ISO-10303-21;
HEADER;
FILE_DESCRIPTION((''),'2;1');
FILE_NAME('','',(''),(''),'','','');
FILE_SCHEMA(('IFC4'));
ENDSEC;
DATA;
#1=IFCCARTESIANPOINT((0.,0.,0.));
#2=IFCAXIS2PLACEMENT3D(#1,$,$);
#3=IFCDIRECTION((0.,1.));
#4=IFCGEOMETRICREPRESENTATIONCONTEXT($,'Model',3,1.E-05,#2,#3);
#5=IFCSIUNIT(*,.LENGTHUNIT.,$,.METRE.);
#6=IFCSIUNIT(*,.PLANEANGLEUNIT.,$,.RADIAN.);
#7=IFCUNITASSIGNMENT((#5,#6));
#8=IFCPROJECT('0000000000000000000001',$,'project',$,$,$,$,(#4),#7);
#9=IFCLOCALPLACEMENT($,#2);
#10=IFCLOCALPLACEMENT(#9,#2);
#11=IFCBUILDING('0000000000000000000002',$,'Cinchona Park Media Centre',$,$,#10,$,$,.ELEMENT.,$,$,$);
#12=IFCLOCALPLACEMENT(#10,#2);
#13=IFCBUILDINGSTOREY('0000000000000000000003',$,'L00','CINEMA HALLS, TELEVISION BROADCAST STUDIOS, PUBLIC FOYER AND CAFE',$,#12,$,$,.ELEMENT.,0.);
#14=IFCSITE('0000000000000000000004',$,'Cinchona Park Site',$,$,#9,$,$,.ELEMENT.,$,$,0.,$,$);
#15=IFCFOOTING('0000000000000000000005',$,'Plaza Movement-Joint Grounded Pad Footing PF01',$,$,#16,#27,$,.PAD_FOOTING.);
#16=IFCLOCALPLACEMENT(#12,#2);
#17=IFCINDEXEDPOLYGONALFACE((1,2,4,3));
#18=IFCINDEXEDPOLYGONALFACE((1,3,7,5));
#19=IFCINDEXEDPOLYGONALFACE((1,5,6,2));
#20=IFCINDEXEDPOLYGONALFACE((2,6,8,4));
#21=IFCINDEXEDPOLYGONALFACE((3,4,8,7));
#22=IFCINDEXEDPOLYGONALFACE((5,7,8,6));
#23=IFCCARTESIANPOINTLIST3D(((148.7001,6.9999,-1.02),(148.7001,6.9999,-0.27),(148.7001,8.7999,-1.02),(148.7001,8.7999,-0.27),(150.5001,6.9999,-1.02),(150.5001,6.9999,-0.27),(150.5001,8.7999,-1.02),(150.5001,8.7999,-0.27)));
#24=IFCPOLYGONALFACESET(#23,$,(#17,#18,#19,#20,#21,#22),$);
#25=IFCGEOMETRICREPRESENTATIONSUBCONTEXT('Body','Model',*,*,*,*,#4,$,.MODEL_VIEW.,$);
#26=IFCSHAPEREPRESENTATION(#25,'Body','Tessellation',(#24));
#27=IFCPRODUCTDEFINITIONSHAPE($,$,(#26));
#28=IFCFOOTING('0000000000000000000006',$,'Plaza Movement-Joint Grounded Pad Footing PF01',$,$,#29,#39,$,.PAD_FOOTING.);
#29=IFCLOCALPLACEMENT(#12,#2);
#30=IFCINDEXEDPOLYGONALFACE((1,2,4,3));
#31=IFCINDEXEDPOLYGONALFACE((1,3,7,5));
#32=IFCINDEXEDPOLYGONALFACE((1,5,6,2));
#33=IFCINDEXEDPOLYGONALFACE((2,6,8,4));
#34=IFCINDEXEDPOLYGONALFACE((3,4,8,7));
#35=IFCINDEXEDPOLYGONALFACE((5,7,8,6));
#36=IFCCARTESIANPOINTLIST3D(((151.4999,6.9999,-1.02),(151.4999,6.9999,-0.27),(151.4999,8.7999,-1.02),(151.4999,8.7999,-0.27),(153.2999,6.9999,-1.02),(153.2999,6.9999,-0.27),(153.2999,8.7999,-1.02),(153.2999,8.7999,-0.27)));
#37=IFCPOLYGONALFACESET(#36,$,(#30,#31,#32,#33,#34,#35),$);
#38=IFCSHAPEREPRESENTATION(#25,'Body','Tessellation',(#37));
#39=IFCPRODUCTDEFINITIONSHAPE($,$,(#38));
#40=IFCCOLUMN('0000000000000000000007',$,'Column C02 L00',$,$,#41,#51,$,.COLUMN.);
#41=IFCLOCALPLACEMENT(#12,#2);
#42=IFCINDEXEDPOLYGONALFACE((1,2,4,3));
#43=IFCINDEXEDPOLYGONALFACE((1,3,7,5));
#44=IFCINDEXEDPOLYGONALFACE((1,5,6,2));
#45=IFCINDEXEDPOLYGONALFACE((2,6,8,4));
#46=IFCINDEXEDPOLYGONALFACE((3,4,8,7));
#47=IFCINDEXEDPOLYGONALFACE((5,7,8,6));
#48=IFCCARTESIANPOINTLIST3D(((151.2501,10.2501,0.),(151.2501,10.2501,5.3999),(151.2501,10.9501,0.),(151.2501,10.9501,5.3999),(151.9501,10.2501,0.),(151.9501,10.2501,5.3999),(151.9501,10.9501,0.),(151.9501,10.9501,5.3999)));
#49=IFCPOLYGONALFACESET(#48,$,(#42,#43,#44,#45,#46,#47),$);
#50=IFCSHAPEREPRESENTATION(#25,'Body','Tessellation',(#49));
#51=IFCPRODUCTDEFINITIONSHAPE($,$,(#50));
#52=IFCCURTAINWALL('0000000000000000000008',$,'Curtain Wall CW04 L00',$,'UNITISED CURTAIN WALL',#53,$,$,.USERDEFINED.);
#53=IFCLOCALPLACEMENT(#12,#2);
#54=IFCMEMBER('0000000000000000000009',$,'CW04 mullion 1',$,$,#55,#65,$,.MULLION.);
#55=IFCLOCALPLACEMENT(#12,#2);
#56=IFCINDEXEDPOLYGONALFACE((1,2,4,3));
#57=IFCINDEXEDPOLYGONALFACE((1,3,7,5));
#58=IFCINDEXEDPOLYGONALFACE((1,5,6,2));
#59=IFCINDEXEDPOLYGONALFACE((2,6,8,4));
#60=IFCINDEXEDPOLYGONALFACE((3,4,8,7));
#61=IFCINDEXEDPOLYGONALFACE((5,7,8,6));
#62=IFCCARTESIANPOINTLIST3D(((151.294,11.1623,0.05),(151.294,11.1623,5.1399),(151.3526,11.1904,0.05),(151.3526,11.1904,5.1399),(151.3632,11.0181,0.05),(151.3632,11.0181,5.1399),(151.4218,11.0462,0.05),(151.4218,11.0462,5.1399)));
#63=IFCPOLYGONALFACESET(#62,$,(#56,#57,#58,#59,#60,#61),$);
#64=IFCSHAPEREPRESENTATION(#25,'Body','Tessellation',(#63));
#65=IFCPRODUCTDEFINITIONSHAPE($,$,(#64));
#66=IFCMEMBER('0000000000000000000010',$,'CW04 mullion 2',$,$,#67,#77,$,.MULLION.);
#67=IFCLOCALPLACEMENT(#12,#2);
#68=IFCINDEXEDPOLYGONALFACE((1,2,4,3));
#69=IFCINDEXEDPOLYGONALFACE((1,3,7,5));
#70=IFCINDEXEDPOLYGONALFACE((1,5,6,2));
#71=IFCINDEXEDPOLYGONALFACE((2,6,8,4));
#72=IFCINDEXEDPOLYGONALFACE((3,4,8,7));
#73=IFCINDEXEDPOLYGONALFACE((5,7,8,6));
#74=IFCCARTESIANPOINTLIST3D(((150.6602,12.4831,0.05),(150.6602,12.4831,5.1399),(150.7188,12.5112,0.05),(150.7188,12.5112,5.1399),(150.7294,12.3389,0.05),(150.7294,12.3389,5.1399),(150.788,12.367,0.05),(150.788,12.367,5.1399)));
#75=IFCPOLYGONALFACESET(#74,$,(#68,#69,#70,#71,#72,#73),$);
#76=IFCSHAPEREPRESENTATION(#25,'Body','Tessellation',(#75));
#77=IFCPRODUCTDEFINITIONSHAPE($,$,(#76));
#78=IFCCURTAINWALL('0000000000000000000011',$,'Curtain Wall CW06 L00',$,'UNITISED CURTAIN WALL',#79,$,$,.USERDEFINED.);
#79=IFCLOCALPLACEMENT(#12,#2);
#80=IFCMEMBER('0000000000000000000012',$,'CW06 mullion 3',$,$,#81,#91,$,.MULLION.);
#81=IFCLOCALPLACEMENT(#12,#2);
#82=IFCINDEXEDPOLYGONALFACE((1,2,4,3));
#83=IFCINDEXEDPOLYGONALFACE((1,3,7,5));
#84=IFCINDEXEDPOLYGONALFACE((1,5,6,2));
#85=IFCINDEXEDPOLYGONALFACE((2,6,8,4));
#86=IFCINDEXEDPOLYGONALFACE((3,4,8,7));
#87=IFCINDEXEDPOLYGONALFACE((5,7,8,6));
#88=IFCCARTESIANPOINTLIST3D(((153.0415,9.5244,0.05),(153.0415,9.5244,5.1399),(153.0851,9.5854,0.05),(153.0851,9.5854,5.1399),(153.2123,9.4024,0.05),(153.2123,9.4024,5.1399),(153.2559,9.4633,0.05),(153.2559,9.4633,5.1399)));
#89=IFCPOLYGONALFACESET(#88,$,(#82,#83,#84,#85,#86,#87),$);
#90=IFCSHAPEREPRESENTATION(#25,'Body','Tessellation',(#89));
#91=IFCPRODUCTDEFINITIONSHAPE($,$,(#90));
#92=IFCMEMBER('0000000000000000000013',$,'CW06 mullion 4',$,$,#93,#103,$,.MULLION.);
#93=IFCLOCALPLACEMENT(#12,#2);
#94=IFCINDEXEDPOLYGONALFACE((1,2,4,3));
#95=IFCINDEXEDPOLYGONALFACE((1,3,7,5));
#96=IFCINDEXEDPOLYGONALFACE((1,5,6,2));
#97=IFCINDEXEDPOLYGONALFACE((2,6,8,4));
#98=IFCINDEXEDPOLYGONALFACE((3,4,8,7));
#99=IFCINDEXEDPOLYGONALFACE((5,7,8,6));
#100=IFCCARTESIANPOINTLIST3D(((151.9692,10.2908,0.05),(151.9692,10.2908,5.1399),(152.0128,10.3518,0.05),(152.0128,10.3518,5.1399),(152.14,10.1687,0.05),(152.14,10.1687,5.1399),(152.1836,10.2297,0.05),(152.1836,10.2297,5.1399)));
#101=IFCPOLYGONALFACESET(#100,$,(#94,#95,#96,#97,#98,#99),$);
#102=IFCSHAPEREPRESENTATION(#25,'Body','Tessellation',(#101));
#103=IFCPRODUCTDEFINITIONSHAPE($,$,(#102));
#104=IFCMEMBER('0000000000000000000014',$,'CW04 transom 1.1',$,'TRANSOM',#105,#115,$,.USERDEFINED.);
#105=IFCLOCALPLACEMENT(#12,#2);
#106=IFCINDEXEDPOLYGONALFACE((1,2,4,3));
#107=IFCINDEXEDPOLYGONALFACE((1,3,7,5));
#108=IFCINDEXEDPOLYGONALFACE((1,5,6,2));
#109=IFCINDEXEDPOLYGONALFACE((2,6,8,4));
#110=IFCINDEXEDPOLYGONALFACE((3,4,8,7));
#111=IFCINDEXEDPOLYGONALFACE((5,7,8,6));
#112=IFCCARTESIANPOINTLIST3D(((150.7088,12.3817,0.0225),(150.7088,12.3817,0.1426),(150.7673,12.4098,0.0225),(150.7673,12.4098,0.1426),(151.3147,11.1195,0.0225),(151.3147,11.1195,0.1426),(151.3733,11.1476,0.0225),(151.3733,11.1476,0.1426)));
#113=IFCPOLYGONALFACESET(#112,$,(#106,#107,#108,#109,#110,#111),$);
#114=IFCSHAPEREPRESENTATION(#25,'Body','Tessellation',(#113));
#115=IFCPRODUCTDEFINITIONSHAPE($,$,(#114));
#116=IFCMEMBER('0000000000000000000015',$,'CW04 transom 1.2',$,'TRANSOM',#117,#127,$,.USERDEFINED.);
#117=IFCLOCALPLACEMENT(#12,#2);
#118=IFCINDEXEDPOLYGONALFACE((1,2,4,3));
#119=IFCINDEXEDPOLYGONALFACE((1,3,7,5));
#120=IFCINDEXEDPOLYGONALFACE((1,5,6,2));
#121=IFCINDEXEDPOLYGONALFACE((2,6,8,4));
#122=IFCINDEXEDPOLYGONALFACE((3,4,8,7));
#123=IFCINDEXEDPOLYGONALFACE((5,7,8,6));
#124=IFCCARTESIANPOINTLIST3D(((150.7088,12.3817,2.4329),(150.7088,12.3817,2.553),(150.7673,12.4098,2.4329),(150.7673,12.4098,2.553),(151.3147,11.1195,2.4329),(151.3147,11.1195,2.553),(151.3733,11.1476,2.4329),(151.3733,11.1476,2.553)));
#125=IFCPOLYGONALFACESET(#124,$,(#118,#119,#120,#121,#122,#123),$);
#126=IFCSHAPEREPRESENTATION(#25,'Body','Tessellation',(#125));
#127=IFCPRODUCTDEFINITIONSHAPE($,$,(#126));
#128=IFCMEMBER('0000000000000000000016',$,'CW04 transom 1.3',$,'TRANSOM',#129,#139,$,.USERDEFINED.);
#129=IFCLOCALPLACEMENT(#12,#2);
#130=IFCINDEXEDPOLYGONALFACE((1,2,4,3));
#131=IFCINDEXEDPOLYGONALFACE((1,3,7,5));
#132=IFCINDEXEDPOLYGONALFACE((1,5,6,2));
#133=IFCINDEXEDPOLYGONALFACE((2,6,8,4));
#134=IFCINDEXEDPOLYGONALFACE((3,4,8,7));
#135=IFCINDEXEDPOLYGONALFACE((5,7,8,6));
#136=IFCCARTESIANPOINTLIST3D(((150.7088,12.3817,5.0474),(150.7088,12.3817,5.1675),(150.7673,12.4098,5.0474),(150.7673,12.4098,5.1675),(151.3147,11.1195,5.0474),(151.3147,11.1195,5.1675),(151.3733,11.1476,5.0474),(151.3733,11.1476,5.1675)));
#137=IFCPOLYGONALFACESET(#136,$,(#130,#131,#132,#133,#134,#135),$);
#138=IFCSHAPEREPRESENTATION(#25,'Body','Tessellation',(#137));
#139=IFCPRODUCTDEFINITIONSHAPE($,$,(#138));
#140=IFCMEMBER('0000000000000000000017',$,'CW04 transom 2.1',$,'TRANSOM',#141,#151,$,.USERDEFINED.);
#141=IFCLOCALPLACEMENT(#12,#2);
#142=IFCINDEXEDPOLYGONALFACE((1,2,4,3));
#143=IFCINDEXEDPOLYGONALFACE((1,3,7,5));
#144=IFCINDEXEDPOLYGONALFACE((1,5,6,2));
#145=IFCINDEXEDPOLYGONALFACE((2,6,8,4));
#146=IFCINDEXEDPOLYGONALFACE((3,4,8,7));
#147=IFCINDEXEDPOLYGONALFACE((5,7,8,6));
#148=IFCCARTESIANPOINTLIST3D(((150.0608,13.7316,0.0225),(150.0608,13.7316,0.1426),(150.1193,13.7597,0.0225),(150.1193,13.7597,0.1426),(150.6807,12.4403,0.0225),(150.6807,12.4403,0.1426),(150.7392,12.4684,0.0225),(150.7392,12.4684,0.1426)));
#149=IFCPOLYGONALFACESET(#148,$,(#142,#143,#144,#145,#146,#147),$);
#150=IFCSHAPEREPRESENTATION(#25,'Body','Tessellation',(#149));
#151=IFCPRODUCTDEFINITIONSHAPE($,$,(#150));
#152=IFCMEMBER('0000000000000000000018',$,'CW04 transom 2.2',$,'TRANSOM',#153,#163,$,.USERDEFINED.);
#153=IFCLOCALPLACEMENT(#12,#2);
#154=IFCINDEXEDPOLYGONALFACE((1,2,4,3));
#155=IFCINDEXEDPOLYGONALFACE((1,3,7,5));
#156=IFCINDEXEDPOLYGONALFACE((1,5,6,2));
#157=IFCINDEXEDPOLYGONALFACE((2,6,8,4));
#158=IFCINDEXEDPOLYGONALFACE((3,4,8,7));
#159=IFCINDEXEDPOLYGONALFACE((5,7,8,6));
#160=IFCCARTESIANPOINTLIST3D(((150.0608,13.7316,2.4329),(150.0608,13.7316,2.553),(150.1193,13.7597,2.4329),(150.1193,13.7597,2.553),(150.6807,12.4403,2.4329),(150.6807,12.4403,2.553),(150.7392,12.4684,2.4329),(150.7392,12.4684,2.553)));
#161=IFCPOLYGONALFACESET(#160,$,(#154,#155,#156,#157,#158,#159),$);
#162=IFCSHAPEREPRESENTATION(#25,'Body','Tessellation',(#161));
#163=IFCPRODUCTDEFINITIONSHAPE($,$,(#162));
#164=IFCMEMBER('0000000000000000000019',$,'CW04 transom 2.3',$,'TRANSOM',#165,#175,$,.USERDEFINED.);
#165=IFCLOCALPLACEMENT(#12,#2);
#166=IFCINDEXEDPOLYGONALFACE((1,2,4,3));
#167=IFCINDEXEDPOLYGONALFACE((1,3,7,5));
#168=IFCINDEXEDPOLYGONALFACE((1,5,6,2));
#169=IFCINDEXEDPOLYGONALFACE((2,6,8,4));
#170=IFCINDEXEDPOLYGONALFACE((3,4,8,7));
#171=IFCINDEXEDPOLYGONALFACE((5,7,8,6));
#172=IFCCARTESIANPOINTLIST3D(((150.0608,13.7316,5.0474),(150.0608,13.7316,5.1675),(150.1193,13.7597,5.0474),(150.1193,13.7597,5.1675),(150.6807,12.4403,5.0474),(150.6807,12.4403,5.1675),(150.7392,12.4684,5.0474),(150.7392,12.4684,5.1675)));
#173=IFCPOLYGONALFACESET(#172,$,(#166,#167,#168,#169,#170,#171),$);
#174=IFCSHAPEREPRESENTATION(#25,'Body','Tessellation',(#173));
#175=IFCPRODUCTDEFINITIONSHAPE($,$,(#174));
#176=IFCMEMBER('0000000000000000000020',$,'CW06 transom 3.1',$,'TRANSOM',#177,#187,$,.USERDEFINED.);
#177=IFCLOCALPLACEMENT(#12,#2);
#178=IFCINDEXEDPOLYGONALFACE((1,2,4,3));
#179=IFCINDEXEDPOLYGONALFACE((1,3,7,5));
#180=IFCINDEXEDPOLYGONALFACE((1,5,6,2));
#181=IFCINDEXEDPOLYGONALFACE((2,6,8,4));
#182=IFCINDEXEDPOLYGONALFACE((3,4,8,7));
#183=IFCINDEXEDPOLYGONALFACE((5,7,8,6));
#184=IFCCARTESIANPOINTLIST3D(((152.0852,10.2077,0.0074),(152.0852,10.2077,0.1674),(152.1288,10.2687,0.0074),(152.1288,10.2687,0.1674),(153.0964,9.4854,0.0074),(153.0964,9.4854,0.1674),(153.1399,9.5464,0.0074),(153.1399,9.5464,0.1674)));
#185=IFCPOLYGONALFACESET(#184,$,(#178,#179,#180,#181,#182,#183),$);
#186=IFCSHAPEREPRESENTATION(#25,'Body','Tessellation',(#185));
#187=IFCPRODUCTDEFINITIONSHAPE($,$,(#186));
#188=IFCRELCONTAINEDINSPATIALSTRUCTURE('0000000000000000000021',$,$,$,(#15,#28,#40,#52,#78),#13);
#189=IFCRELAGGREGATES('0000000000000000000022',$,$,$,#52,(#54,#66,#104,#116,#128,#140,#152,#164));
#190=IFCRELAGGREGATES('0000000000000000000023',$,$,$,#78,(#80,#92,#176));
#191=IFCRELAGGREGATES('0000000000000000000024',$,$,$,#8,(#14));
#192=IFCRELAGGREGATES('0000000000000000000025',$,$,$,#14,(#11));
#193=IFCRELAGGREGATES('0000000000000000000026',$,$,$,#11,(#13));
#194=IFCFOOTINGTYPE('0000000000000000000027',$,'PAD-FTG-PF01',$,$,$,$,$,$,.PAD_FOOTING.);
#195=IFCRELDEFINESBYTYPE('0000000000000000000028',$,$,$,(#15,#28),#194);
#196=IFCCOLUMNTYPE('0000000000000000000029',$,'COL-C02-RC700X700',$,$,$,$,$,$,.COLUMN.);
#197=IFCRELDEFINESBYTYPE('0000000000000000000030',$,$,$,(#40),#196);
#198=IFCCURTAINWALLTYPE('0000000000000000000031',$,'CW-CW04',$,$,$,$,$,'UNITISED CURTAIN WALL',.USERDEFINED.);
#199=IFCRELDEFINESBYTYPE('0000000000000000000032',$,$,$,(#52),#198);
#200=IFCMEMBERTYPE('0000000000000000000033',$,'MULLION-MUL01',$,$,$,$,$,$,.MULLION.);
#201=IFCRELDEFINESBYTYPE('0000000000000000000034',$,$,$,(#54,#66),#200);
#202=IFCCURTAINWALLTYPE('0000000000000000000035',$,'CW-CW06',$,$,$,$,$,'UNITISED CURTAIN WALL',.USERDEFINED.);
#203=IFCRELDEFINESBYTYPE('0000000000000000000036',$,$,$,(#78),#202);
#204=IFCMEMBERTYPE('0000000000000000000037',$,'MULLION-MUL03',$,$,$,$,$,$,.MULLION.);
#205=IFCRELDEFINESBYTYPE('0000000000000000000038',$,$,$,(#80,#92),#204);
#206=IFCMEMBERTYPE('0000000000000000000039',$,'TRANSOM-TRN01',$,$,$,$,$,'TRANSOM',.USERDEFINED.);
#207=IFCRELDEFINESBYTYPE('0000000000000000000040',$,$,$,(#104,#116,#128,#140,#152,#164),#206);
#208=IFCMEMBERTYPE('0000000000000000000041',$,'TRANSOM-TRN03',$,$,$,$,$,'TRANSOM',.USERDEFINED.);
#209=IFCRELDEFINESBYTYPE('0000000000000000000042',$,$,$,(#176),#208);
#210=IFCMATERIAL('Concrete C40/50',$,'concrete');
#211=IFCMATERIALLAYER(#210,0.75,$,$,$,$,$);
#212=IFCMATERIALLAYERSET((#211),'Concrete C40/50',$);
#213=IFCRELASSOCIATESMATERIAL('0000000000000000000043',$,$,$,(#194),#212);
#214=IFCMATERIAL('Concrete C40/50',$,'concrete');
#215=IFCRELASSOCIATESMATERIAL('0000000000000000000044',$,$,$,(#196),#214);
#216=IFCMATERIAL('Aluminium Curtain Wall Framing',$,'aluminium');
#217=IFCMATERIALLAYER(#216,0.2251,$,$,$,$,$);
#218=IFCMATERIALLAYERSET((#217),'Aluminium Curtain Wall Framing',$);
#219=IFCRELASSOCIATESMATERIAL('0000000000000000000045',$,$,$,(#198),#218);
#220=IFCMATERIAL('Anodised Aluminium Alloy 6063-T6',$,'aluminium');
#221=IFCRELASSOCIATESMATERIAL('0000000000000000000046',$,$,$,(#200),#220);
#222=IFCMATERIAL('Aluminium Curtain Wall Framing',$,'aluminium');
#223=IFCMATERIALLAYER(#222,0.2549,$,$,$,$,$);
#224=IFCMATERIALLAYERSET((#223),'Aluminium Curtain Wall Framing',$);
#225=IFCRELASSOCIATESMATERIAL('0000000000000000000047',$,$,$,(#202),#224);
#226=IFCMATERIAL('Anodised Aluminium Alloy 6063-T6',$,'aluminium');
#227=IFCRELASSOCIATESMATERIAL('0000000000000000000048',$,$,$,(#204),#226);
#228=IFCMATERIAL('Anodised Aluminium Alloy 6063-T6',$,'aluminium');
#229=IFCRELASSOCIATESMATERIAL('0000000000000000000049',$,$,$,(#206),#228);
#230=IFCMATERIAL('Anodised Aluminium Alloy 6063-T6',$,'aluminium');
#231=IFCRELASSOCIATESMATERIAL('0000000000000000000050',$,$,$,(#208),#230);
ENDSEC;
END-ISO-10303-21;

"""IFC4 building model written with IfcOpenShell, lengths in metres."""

from ifc_helpers import new_model, si_unit, direction, frame, origin, origin_2d, place, context, subcontext, project, spatial, rectangle, extrude, material, layer, layer_set, material_profile, profile_set, type_object, element, aggregate, save


model = new_model("IFC4")

# Units and contexts
model_context = context("Model", 3, precision=1e-05, world=origin(), true_north=direction((0.0, 1.0)))
body_context = subcontext(model_context, "Body", "Model", "MODEL_VIEW")
ifc_project = project(units=[si_unit("LENGTHUNIT", "METRE"), si_unit("PLANEANGLEUNIT", "RADIAN")], contexts=[model_context])

# Site, building, storey
site_placement = place(None, origin())
site = spatial("IfcSite", under=ifc_project, at=site_placement, Name="Cinchona Park Site", CompositionType="ELEMENT", RefElevation=0.0)
building_placement = place(site_placement, origin())
building = spatial("IfcBuilding", under=site, at=building_placement, Name="Cinchona Park Media Centre", CompositionType="ELEMENT")
storey_placement = place(building_placement, origin())
storey = spatial("IfcBuildingStorey", under=building, at=storey_placement, Name="L00", Description="CINEMA HALLS, TELEVISION BROADCAST STUDIOS, PUBLIC FOYER AND CAFE", CompositionType="ELEMENT", Elevation=0.0)

# Footings
ifc_material_1 = material(Name="Concrete C40/50", Category="concrete")
ifc_layer_1 = layer(ifc_material_1, 0.75)
ifc_layer_set_1 = layer_set([ifc_layer_1], Name="Concrete C40/50")
footing_type = type_object("IfcFootingType", Name="PAD-FTG-PF01", PredefinedType="PAD_FOOTING", material=ifc_layer_set_1)
for number, where, z_axis, x_axis, name in (
    (1, (149.6001, 7.8999, -1.02), (0.0, 0.0, 1.0), (1.0, 0.0, 0.0), "Plaza Movement-Joint Grounded Pad Footing PF01"),
    (2, (152.3999, 7.8999, -1.02), (0.0, 0.0, 1.0), (1.0, 0.0, 0.0), "Plaza Movement-Joint Grounded Pad Footing PF01"),
):
    element("IfcFooting", number, at=place(storey_placement, frame(where, z_axis=z_axis, x_axis=x_axis)), inside=storey, type_object=footing_type, Name=name, PredefinedType="PAD_FOOTING", context=body_context, shape_type="SweptSolid", body=[
        extrude(rectangle(XDim=1.8, YDim=1.8, at=origin_2d()), origin(), (0.0, 0.0, 1.0), 0.75),
    ])

# Column
ifc_material_2 = material(Name="Concrete C40/50", Category="concrete")
ifc_material_profile_1 = material_profile(ifc_material_2, rectangle(XDim=0.7, YDim=0.7, at=origin_2d()), Name="RC 700X700")
ifc_profile_set_1 = profile_set([ifc_material_profile_1], Name="Concrete C40/50")
column_type = type_object("IfcColumnType", Name="COL-C02-RC700X700", PredefinedType="COLUMN", material=ifc_profile_set_1)
column_placement = place(storey_placement, frame((151.6001, 10.6001, 0.0), z_axis=(0.0, 0.0, 1.0), x_axis=(1.0, 0.0, 0.0)))
element("IfcColumn", 3, at=column_placement, inside=storey, type_object=column_type, Name="Column C02 L00", PredefinedType="COLUMN", context=body_context, shape_type="SweptSolid", body=[
    extrude(rectangle(XDim=0.7, YDim=0.7, at=origin_2d()), origin(), (0.0, 0.0, 1.0), 5.3999),
])

# Curtain walls, members
ifc_material_3 = material(Name="Aluminium Curtain Wall Framing", Category="aluminium")
ifc_layer_2 = layer(ifc_material_3, 0.2251)
ifc_layer_set_2 = layer_set([ifc_layer_2], Name="Aluminium Curtain Wall Framing")
curtain_wall_type_1 = type_object("IfcCurtainWallType", Name="CW-CW04", ElementType="UNITISED CURTAIN WALL", PredefinedType="USERDEFINED", material=ifc_layer_set_2)
curtain_wall_1_placement = place(storey_placement, origin())
curtain_wall_1 = element("IfcCurtainWall", 4, at=curtain_wall_1_placement, inside=storey, type_object=curtain_wall_type_1, Name="Curtain Wall CW04 L00", ObjectType="UNITISED CURTAIN WALL", PredefinedType="USERDEFINED")
ifc_material_4 = material(Name="Anodised Aluminium Alloy 6063-T6", Category="aluminium")
ifc_material_profile_2 = material_profile(ifc_material_4, rectangle(XDim=0.0649, YDim=0.1599, at=origin_2d()), Name="MUL-65X160")
ifc_profile_set_2 = profile_set([ifc_material_profile_2], Name="Anodised Aluminium Alloy 6063-T6")
member_type_1 = type_object("IfcMemberType", Name="MULLION-MUL01", PredefinedType="MULLION", material=ifc_profile_set_2)
member_1_placement = place(storey_placement, frame((151.3579, 11.1042, 0.05), z_axis=(0.0, 0.0, 1.0), x_axis=(-0.901523, -0.432731, 0.0)))
member_1 = element("IfcMember", 5, at=member_1_placement, type_object=member_type_1, Name="CW04 mullion 1", PredefinedType="MULLION", context=body_context, shape_type="SweptSolid", body=[
    extrude(rectangle(XDim=0.0649, YDim=0.1599, at=origin_2d()), origin(), (0.0, 0.0, 1.0), 5.0898),
])
member_2_placement = place(storey_placement, frame((150.7241, 12.425, 0.05), z_axis=(0.0, 0.0, 1.0), x_axis=(-0.901523, -0.432731, 0.0)))
member_2 = element("IfcMember", 6, at=member_2_placement, type_object=member_type_1, Name="CW04 mullion 2", PredefinedType="MULLION", context=body_context, shape_type="SweptSolid", body=[
    extrude(rectangle(XDim=0.0649, YDim=0.1599, at=origin_2d()), origin(), (0.0, 0.0, 1.0), 5.0898),
])
ifc_material_5 = material(Name="Aluminium Curtain Wall Framing", Category="aluminium")
ifc_layer_3 = layer(ifc_material_5, 0.2549)
ifc_layer_set_3 = layer_set([ifc_layer_3], Name="Aluminium Curtain Wall Framing")
curtain_wall_type_2 = type_object("IfcCurtainWallType", Name="CW-CW06", ElementType="UNITISED CURTAIN WALL", PredefinedType="USERDEFINED", material=ifc_layer_set_3)
curtain_wall_2_placement = place(storey_placement, origin())
curtain_wall_2 = element("IfcCurtainWall", 7, at=curtain_wall_2_placement, inside=storey, type_object=curtain_wall_type_2, Name="Curtain Wall CW06 L00", ObjectType="UNITISED CURTAIN WALL", PredefinedType="USERDEFINED")
ifc_material_6 = material(Name="Anodised Aluminium Alloy 6063-T6", Category="aluminium")
ifc_material_profile_3 = material_profile(ifc_material_6, rectangle(XDim=0.075, YDim=0.21, at=origin_2d()), Name="MUL-75X210")
ifc_profile_set_3 = profile_set([ifc_material_profile_3], Name="Anodised Aluminium Alloy 6063-T6")
member_type_2 = type_object("IfcMemberType", Name="MULLION-MUL03", PredefinedType="MULLION", material=ifc_profile_set_3)
member_3_placement = place(storey_placement, frame((153.1487, 9.4939, 0.05), z_axis=(0.0, 0.0, 1.0), x_axis=(-0.581424, -0.813601, 0.0)))
member_3 = element("IfcMember", 8, at=member_3_placement, type_object=member_type_2, Name="CW06 mullion 3", PredefinedType="MULLION", context=body_context, shape_type="SweptSolid", body=[
    extrude(rectangle(XDim=0.075, YDim=0.21, at=origin_2d()), origin(), (0.0, 0.0, 1.0), 5.0898),
])
member_4_placement = place(storey_placement, frame((152.0764, 10.2603, 0.05), z_axis=(0.0, 0.0, 1.0), x_axis=(-0.581424, -0.813601, 0.0)))
member_4 = element("IfcMember", 9, at=member_4_placement, type_object=member_type_2, Name="CW06 mullion 4", PredefinedType="MULLION", context=body_context, shape_type="SweptSolid", body=[
    extrude(rectangle(XDim=0.075, YDim=0.21, at=origin_2d()), origin(), (0.0, 0.0, 1.0), 5.0898),
])

# Members
ifc_material_7 = material(Name="Anodised Aluminium Alloy 6063-T6", Category="aluminium")
ifc_material_profile_4 = material_profile(ifc_material_7, rectangle(XDim=0.0649, YDim=0.1201, at=origin_2d()), Name="TRN-65X120")
ifc_profile_set_4 = profile_set([ifc_material_profile_4], Name="Anodised Aluminium Alloy 6063-T6")
member_type_3 = type_object("IfcMemberType", Name="TRANSOM-TRN01", ElementType="TRANSOM", PredefinedType="USERDEFINED", material=ifc_profile_set_4)
member_5_placement = place(storey_placement, frame((151.344, 11.1335, 0.0825), z_axis=(-0.432788, 0.901496, 0.0), x_axis=(-0.901496, -0.432788, 0.0)))
member_5 = element("IfcMember", 10, at=member_5_placement, type_object=member_type_3, Name="CW04 transom 1.1", ObjectType="TRANSOM", PredefinedType="USERDEFINED", context=body_context, shape_type="SweptSolid", body=[
    extrude(rectangle(XDim=0.0649, YDim=0.1201, at=origin_2d()), origin(), (0.0, 0.0, 1.0), 1.4001),
])
member_6_placement = place(storey_placement, frame((151.344, 11.1335, 2.4929), z_axis=(-0.432788, 0.901496, 0.0), x_axis=(-0.901496, -0.432788, 0.0)))
member_6 = element("IfcMember", 11, at=member_6_placement, type_object=member_type_3, Name="CW04 transom 1.2", ObjectType="TRANSOM", PredefinedType="USERDEFINED", context=body_context, shape_type="SweptSolid", body=[
    extrude(rectangle(XDim=0.0649, YDim=0.1201, at=origin_2d()), origin(), (0.0, 0.0, 1.0), 1.4001),
])
member_7_placement = place(storey_placement, frame((151.344, 11.1335, 5.1074), z_axis=(-0.432788, 0.901496, 0.0), x_axis=(-0.901496, -0.432788, 0.0)))
member_7 = element("IfcMember", 12, at=member_7_placement, type_object=member_type_3, Name="CW04 transom 1.3", ObjectType="TRANSOM", PredefinedType="USERDEFINED", context=body_context, shape_type="SweptSolid", body=[
    extrude(rectangle(XDim=0.0649, YDim=0.1201, at=origin_2d()), origin(), (0.0, 0.0, 1.0), 1.4001),
])
member_8_placement = place(storey_placement, frame((150.71, 12.4543, 0.0825), z_axis=(-0.43277, 0.901504, 0.0), x_axis=(-0.901504, -0.43277, 0.0)))
member_8 = element("IfcMember", 13, at=member_8_placement, type_object=member_type_3, Name="CW04 transom 2.1", ObjectType="TRANSOM", PredefinedType="USERDEFINED", context=body_context, shape_type="SweptSolid", body=[
    extrude(rectangle(XDim=0.0649, YDim=0.1201, at=origin_2d()), origin(), (0.0, 0.0, 1.0), 1.4324),
])
member_9_placement = place(storey_placement, frame((150.71, 12.4543, 2.4929), z_axis=(-0.43277, 0.901504, 0.0), x_axis=(-0.901504, -0.43277, 0.0)))
member_9 = element("IfcMember", 14, at=member_9_placement, type_object=member_type_3, Name="CW04 transom 2.2", ObjectType="TRANSOM", PredefinedType="USERDEFINED", context=body_context, shape_type="SweptSolid", body=[
    extrude(rectangle(XDim=0.0649, YDim=0.1201, at=origin_2d()), origin(), (0.0, 0.0, 1.0), 1.4324),
])
member_10_placement = place(storey_placement, frame((150.71, 12.4543, 5.1074), z_axis=(-0.43277, 0.901504, 0.0), x_axis=(-0.901504, -0.43277, 0.0)))
member_10 = element("IfcMember", 15, at=member_10_placement, type_object=member_type_3, Name="CW04 transom 2.3", ObjectType="TRANSOM", PredefinedType="USERDEFINED", context=body_context, shape_type="SweptSolid", body=[
    extrude(rectangle(XDim=0.0649, YDim=0.1201, at=origin_2d()), origin(), (0.0, 0.0, 1.0), 1.4324),
])
ifc_material_8 = material(Name="Anodised Aluminium Alloy 6063-T6", Category="aluminium")
ifc_material_profile_5 = material_profile(ifc_material_8, rectangle(XDim=0.075, YDim=0.1599, at=origin_2d()), Name="TRN-75X160")
ifc_profile_set_5 = profile_set([ifc_material_profile_5], Name="Anodised Aluminium Alloy 6063-T6")
member_type_4 = type_object("IfcMemberType", Name="TRANSOM-TRN03", ElementType="TRANSOM", PredefinedType="USERDEFINED", material=ifc_profile_set_5)
member_11_placement = place(storey_placement, frame((153.1182, 9.5159, 0.0874), z_axis=(-0.813694, 0.581294, 0.0), x_axis=(-0.581294, -0.813694, 0.0)))
member_11 = element("IfcMember", 16, at=member_11_placement, type_object=member_type_4, Name="CW06 transom 3.1", ObjectType="TRANSOM", PredefinedType="USERDEFINED", context=body_context, shape_type="SweptSolid", body=[
    extrude(rectangle(XDim=0.075, YDim=0.1599, at=origin_2d()), origin(), (0.0, 0.0, 1.0), 1.2427),
])

aggregate(curtain_wall_1, [member_1, member_2, member_5, member_6, member_7, member_8, member_9, member_10])
aggregate(curtain_wall_2, [member_3, member_4, member_11])

save(model, "model.ifc")
